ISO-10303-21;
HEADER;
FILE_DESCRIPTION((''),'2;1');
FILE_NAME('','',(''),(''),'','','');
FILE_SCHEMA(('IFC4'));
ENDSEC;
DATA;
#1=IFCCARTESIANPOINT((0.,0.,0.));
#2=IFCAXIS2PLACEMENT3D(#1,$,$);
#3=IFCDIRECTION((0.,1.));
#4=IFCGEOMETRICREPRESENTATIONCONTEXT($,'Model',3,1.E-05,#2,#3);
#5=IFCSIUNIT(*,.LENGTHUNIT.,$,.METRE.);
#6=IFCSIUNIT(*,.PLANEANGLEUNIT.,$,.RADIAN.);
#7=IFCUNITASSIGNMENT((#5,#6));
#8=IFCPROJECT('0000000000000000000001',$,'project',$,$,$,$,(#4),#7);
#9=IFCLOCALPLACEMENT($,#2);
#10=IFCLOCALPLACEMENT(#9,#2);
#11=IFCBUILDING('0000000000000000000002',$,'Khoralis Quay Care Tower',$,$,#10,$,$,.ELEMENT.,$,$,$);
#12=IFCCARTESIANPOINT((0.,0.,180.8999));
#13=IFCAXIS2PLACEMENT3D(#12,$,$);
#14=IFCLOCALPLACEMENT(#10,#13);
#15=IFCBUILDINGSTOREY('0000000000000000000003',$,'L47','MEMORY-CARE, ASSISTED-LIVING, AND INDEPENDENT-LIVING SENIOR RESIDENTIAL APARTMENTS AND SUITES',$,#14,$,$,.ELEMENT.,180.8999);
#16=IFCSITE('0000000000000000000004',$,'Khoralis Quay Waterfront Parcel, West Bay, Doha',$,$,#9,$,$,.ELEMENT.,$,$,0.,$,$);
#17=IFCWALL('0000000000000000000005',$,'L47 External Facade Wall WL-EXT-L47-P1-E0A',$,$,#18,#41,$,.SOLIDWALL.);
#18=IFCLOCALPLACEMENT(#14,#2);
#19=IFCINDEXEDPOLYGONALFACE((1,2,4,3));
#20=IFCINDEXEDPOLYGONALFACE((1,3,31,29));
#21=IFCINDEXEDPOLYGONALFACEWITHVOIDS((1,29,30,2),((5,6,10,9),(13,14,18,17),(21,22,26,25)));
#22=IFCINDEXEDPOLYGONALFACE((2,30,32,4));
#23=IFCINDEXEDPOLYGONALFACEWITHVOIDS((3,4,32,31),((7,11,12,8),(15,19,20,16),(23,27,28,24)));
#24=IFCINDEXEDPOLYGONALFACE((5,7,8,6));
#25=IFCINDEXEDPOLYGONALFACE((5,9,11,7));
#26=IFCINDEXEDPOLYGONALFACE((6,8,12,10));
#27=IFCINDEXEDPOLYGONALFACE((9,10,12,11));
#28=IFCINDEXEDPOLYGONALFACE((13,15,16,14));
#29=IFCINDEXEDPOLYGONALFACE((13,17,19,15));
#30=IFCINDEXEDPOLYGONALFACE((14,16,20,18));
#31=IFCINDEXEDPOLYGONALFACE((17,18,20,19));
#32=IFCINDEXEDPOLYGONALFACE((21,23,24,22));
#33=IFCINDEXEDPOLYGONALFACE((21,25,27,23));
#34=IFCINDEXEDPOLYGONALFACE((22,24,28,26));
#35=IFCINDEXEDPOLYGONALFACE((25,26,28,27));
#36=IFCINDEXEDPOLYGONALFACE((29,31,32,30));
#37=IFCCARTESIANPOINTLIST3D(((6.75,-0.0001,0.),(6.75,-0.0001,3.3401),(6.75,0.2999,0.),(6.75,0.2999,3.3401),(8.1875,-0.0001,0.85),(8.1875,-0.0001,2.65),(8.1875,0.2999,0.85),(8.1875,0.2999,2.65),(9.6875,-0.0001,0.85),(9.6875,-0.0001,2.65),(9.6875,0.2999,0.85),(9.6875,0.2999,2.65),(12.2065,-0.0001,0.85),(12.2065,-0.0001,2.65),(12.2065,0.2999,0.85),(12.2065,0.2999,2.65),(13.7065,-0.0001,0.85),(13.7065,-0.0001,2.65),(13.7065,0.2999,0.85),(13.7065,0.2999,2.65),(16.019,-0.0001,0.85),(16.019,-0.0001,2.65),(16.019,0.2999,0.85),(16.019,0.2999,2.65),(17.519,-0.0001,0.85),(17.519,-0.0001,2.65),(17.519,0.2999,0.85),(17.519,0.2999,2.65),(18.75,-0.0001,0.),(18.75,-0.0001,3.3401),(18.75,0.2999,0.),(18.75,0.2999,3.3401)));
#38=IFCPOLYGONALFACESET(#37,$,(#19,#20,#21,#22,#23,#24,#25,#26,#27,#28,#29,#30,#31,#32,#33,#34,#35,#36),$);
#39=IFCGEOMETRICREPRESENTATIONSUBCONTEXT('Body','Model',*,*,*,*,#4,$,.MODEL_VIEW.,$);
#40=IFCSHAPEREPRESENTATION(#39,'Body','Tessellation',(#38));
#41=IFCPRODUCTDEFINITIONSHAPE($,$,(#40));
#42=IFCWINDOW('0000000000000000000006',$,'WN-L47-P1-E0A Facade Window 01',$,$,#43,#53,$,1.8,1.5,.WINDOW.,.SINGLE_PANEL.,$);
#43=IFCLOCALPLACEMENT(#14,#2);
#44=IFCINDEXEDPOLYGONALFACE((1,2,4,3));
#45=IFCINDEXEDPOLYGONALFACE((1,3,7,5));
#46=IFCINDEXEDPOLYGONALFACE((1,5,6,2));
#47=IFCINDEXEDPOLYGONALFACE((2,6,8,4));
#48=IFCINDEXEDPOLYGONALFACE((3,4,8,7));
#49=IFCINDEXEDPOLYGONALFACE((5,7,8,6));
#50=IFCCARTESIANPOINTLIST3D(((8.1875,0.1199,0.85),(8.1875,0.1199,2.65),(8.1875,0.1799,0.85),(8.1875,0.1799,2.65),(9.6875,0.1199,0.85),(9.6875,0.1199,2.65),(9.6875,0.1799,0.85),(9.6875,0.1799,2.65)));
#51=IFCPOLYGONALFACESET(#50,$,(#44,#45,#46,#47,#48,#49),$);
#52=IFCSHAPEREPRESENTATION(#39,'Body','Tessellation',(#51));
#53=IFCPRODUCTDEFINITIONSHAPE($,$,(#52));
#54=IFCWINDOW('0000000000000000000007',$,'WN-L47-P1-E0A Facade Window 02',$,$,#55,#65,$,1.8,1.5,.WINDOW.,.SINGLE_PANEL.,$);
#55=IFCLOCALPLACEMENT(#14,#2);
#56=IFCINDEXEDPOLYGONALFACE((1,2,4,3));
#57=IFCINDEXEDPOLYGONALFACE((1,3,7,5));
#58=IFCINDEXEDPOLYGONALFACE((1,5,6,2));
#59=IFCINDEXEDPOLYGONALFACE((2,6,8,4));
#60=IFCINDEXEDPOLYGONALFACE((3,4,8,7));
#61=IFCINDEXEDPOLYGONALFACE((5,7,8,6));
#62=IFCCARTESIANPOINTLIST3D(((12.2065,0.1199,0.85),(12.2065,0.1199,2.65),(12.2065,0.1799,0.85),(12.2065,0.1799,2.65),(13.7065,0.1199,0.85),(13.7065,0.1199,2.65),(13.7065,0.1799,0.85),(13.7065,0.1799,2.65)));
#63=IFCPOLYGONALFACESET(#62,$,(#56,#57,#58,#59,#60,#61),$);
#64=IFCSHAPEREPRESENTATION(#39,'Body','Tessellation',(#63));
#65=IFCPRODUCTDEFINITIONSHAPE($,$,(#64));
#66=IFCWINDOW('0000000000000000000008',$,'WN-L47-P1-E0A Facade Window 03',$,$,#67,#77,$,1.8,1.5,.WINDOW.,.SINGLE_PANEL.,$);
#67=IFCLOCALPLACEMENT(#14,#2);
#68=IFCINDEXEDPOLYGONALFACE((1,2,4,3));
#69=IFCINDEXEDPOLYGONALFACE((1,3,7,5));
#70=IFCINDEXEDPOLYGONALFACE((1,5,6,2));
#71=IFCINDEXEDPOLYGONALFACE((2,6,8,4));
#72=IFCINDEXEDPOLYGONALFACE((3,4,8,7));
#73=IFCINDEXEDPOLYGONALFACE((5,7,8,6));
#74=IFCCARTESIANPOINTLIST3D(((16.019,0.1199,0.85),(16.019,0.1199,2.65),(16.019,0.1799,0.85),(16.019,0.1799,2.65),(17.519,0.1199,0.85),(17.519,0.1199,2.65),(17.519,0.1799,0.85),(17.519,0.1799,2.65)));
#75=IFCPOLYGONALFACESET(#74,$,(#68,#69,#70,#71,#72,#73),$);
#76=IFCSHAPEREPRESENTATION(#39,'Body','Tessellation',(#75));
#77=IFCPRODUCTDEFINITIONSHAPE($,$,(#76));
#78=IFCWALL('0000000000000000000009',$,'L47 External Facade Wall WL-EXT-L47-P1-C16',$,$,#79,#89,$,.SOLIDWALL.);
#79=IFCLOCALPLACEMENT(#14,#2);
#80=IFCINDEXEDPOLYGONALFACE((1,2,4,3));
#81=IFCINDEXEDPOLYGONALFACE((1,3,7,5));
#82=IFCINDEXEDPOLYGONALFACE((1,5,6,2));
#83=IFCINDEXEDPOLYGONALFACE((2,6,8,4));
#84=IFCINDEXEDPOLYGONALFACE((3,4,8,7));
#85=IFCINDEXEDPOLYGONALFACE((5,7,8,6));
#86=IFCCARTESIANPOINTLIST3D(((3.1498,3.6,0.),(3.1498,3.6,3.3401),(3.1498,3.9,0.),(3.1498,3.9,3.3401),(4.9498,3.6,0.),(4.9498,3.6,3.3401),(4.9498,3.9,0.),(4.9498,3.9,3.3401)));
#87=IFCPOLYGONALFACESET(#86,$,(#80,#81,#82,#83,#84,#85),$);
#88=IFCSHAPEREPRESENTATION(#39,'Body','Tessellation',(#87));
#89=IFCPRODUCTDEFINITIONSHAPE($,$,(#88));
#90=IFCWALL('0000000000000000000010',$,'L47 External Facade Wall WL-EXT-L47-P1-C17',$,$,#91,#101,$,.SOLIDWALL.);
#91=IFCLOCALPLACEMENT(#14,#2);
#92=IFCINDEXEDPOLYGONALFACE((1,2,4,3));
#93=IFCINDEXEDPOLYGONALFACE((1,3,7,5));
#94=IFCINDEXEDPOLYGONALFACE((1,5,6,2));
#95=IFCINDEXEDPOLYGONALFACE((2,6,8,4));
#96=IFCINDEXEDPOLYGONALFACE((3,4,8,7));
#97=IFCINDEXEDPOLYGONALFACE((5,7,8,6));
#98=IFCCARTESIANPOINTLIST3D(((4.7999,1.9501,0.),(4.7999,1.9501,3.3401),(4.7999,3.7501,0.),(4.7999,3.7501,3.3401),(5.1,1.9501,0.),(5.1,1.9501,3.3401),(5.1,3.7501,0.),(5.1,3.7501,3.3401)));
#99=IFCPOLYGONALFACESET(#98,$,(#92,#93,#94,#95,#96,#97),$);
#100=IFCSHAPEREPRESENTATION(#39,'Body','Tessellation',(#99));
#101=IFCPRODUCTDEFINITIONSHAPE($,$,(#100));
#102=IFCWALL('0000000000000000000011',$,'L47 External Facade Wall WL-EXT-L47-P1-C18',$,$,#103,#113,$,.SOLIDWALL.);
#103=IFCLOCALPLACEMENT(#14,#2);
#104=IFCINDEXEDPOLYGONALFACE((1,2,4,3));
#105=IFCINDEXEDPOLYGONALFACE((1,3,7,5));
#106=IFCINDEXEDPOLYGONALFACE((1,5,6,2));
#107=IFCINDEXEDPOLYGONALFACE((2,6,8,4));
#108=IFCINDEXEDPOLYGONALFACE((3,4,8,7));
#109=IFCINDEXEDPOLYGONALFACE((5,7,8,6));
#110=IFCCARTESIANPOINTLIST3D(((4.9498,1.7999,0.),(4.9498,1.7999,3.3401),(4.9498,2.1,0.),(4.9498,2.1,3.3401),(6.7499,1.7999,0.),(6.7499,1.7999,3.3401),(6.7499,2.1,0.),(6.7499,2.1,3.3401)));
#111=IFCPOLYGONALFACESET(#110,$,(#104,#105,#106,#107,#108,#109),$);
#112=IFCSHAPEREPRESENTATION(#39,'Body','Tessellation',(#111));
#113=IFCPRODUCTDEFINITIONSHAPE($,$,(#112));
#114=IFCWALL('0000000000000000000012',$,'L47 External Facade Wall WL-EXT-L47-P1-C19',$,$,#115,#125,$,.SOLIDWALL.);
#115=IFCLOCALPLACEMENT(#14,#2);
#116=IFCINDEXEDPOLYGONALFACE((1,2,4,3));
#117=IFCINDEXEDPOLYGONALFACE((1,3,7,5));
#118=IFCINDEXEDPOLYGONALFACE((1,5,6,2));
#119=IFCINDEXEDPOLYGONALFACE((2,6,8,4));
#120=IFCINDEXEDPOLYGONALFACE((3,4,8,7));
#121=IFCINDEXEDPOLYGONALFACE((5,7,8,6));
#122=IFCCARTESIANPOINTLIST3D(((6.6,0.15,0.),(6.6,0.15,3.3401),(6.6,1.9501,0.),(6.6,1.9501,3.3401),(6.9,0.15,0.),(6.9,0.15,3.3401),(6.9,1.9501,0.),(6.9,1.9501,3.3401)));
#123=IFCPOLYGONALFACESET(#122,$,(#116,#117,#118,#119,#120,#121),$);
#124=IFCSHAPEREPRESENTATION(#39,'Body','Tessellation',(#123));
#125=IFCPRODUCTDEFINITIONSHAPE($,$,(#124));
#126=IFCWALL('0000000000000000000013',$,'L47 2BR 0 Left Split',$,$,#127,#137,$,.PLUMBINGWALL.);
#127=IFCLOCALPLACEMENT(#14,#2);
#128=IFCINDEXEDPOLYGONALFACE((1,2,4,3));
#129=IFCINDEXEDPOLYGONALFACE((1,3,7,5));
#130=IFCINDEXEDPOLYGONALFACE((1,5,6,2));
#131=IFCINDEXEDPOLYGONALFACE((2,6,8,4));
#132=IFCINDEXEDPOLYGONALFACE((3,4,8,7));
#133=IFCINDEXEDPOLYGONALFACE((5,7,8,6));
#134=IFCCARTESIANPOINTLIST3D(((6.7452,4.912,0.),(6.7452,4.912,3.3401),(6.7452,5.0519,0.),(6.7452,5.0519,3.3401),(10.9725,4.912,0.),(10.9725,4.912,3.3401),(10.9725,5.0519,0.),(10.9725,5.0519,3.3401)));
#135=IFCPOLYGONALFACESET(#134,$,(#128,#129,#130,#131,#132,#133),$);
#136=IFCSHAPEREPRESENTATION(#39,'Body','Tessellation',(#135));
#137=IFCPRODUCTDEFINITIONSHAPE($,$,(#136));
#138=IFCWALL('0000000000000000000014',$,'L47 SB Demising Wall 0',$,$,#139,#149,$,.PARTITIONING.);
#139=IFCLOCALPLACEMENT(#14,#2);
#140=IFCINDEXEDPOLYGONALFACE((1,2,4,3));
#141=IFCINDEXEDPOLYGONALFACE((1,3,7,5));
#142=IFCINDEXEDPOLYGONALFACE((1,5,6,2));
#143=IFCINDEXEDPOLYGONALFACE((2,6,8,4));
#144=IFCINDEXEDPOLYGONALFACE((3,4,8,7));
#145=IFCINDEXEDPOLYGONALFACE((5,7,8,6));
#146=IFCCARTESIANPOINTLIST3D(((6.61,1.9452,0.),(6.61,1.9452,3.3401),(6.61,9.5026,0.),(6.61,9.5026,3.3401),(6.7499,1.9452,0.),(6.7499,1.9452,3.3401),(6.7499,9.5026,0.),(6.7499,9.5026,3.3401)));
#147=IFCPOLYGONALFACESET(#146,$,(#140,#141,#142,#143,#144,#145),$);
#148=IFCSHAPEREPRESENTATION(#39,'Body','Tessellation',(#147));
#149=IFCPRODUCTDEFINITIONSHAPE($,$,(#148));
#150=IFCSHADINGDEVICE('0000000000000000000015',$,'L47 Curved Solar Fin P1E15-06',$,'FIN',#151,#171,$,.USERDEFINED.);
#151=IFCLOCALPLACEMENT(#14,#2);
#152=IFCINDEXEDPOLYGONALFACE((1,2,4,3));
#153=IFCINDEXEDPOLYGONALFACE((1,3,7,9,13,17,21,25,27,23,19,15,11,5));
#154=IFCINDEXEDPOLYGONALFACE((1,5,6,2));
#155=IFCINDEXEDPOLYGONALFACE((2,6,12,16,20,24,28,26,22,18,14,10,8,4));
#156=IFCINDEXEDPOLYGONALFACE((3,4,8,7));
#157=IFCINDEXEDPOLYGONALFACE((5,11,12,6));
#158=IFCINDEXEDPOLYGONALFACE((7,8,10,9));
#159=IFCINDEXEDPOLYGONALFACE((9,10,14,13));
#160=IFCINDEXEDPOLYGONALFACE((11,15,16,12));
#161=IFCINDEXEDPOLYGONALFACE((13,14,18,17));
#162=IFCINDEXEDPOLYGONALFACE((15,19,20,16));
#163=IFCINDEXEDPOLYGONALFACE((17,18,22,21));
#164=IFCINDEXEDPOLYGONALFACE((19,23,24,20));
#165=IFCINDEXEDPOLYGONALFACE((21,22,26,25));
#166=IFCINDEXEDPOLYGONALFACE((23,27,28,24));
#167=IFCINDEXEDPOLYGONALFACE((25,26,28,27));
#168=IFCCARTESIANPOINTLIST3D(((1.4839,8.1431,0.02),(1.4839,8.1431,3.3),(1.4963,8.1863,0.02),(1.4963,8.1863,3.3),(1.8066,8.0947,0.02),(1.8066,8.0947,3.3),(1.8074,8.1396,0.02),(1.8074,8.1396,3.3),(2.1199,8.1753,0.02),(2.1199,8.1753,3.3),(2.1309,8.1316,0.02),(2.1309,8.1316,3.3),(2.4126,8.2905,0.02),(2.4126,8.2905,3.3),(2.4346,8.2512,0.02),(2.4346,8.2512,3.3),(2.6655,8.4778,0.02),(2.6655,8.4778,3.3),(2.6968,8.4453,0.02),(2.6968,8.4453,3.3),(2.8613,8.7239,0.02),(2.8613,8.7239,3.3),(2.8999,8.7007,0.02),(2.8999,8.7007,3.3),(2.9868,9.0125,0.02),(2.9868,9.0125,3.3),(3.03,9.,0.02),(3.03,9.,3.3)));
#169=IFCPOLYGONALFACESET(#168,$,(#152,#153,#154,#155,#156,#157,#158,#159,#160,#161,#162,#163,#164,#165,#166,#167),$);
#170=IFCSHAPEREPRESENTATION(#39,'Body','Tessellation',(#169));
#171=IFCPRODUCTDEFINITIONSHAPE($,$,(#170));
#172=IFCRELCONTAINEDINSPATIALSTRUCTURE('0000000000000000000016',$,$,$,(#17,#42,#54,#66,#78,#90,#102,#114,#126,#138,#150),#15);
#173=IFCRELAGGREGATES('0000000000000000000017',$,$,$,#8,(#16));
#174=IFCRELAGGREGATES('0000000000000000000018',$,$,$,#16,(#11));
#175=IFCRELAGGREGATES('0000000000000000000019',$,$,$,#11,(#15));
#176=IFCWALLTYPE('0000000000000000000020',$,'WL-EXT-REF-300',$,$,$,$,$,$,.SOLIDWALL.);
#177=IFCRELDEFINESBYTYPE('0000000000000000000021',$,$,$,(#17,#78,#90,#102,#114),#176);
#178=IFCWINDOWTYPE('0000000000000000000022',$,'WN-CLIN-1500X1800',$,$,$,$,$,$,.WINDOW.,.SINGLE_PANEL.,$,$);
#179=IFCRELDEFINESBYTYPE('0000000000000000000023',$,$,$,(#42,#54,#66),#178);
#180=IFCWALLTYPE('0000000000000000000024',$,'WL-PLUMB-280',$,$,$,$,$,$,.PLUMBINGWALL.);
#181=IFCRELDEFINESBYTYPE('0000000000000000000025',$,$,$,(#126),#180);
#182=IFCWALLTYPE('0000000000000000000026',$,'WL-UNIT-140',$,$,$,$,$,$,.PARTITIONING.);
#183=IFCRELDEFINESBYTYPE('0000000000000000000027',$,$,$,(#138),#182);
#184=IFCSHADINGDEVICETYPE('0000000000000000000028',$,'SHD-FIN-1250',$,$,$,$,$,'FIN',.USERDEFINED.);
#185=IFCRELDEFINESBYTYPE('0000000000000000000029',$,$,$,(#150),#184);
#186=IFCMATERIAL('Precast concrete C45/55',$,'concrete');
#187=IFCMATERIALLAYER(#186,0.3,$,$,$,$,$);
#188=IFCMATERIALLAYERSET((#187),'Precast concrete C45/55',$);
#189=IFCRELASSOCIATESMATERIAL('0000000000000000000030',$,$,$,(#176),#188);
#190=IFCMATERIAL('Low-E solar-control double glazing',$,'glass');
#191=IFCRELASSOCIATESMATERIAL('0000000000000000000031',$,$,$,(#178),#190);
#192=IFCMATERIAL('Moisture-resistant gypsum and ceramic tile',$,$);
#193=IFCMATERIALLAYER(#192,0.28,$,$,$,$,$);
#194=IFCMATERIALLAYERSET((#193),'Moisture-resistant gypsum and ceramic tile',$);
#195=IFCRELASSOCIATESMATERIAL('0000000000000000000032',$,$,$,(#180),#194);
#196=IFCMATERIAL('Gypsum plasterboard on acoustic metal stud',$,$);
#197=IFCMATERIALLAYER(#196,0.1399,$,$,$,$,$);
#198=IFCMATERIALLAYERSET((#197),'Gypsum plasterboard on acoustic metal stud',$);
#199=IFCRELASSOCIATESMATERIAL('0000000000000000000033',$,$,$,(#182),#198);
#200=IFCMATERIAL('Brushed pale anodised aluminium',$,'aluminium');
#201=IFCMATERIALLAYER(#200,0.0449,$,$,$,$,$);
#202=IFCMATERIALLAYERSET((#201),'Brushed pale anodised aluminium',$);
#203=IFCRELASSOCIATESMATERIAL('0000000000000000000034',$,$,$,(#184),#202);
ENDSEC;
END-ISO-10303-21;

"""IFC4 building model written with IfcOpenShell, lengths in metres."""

from ifc_helpers import new_model, si_unit, direction, frame, frame_2d, origin, place, context, subcontext, project, spatial, polyline, rectangle, outline, extrude, source, transform, mapped, material, layer, layer_set, type_object, element, fill, save


model = new_model("IFC4")

# Units and contexts
model_context = context("Model", 3, precision=1e-05, world=origin(), true_north=direction((0.0, 1.0)))
body_context = subcontext(model_context, "Body", "Model", "MODEL_VIEW")
ifc_project = project(units=[si_unit("LENGTHUNIT", "METRE"), si_unit("PLANEANGLEUNIT", "RADIAN")], contexts=[model_context])

# Site, building, storey
site_placement = place(None, origin())
site = spatial("IfcSite", under=ifc_project, at=site_placement, Name="Khoralis Quay Waterfront Parcel, West Bay, Doha", CompositionType="ELEMENT", RefElevation=0.0)
building_placement = place(site_placement, origin())
building = spatial("IfcBuilding", under=site, at=building_placement, Name="Khoralis Quay Care Tower", CompositionType="ELEMENT")
storey_placement = place(building_placement, frame((0.0, 0.0, 180.8999)))
storey = spatial("IfcBuildingStorey", under=building, at=storey_placement, Name="L47", Description="MEMORY-CARE, ASSISTED-LIVING, AND INDEPENDENT-LIVING SENIOR RESIDENTIAL APARTMENTS AND SUITES", CompositionType="ELEMENT", Elevation=180.8999)

# Shared definitions
ifc_material_1 = material(Name="Precast concrete C45/55", Category="concrete")

# Shared definitions
ifc_material_2 = material(Name="Gypsum plasterboard on acoustic metal stud")

# Wall, openings, windows
ifc_layer_1 = layer(ifc_material_1, 0.3)
ifc_layer_set_1 = layer_set([ifc_layer_1], Name="Precast concrete C45/55")
wall_type_1 = type_object("IfcWallType", Name="WL-EXT-REF-300", PredefinedType="SOLIDWALL", material=ifc_layer_set_1)
wall_1_placement = place(storey_placement, frame((6.75, 0.1499, 0.0), z_axis=(0.0, 0.0, 1.0), x_axis=(1.0, 0.0, 0.0)))
wall_1 = element("IfcWall", 1, at=wall_1_placement, inside=storey, type_object=wall_type_1, Name="L47 External Facade Wall WL-EXT-L47-P1-E0A", PredefinedType="SOLIDWALL", context=body_context, shape_type="SweptSolid", body=[
    extrude(rectangle(XDim=12.0, YDim=0.3, at=frame_2d((6.0, 0.0))), origin(), (0.0, 0.0, 1.0), 3.3401),
])
opening_1_placement = place(wall_1_placement, frame((1.4375, 0.0, 0.8501)))
opening_1 = element("IfcOpeningElement", 2, at=opening_1_placement, cuts=wall_1, PredefinedType="OPENING", context=body_context, shape_type="SweptSolid", body=[
    extrude(rectangle(XDim=1.5, YDim=1.8, at=frame_2d((0.75, 0.8999))), frame((0.0, 0.1602, 0.0), z_axis=(0.0, -1.0, 0.0), x_axis=(1.0, 0.0, 0.0)), (0.0, 0.0, 1.0), 0.3201),
])
opening_2_placement = place(wall_1_placement, frame((5.4565, 0.0, 0.8501)))
opening_2 = element("IfcOpeningElement", 3, at=opening_2_placement, cuts=wall_1, PredefinedType="OPENING", context=body_context, shape_type="SweptSolid", body=[
    extrude(rectangle(XDim=1.5, YDim=1.8, at=frame_2d((0.75, 0.8999))), frame((0.0, 0.1602, 0.0), z_axis=(0.0, -1.0, 0.0), x_axis=(1.0, 0.0, 0.0)), (0.0, 0.0, 1.0), 0.3201),
])
opening_3_placement = place(wall_1_placement, frame((9.269, 0.0, 0.8501)))
opening_3 = element("IfcOpeningElement", 4, at=opening_3_placement, cuts=wall_1, PredefinedType="OPENING", context=body_context, shape_type="SweptSolid", body=[
    extrude(rectangle(XDim=1.5, YDim=1.8, at=frame_2d((0.75, 0.8999))), frame((0.0, 0.1602, 0.0), z_axis=(0.0, -1.0, 0.0), x_axis=(1.0, 0.0, 0.0)), (0.0, 0.0, 1.0), 0.3201),
])
ifc_material_3 = material(Name="Low-E solar-control double glazing", Category="glass")
window_type = type_object("IfcWindowType", Name="WN-CLIN-1500X1800", PartitioningType="SINGLE_PANEL", PredefinedType="WINDOW", material=ifc_material_3)
shared_shape_1 = source(origin(), body_context, "Body", "SweptSolid", [
    extrude(rectangle(XDim=1.5, YDim=1.8, at=frame_2d((0.75, 0.8999))), frame((0.0, 0.03, 0.0), z_axis=(0.0, -1.0, 0.0), x_axis=(1.0, 0.0, 0.0)), (0.0, 0.0, 1.0), 0.0601),
])
window_1_placement = place(opening_1_placement, origin())
window_1 = element("IfcWindow", 5, at=window_1_placement, inside=storey, type_object=window_type, Name="WN-L47-P1-E0A Facade Window 01", OverallHeight=1.8, OverallWidth=1.5, PartitioningType="SINGLE_PANEL", PredefinedType="WINDOW", context=body_context, shape_type="MappedRepresentation", body=[
    mapped(shared_shape_1, transform((0.0, 0.0, 0.0), scale=1.0)),
])
fill(opening_1, window_1)
window_2_placement = place(opening_2_placement, origin())
window_2 = element("IfcWindow", 6, at=window_2_placement, inside=storey, type_object=window_type, Name="WN-L47-P1-E0A Facade Window 02", OverallHeight=1.8, OverallWidth=1.5, PartitioningType="SINGLE_PANEL", PredefinedType="WINDOW", context=body_context, shape_type="MappedRepresentation", body=[
    mapped(shared_shape_1, transform((0.0, 0.0, 0.0), scale=1.0)),
])
fill(opening_2, window_2)
window_3_placement = place(opening_3_placement, origin())
window_3 = element("IfcWindow", 7, at=window_3_placement, inside=storey, type_object=window_type, Name="WN-L47-P1-E0A Facade Window 03", OverallHeight=1.8, OverallWidth=1.5, PartitioningType="SINGLE_PANEL", PredefinedType="WINDOW", context=body_context, shape_type="MappedRepresentation", body=[
    mapped(shared_shape_1, transform((0.0, 0.0, 0.0), scale=1.0)),
])
fill(opening_3, window_3)

# Walls
for number, where, z_axis, x_axis, name in (
    (8, (3.1499, 3.75, 0.0), (0.0, 0.0, 1.0), (1.0, 0.0, 0.0), "L47 External Facade Wall WL-EXT-L47-P1-C16"),
    (9, (4.95, 3.75, 0.0), (0.0, 0.0, 1.0), (0.0, -1.0, 0.0), "L47 External Facade Wall WL-EXT-L47-P1-C17"),
    (10, (4.95, 1.95, 0.0), (0.0, 0.0, 1.0), (1.0, 0.0, 0.0), "L47 External Facade Wall WL-EXT-L47-P1-C18"),
    (11, (6.75, 1.95, 0.0), (0.0, 0.0, 1.0), (0.0, -1.0, 0.0), "L47 External Facade Wall WL-EXT-L47-P1-C19"),
):
    element("IfcWall", number, at=place(storey_placement, frame(where, z_axis=z_axis, x_axis=x_axis)), inside=storey, type_object=wall_type_1, Name=name, PredefinedType="SOLIDWALL", context=body_context, shape_type="SweptSolid", body=[
        extrude(rectangle(XDim=1.8, YDim=0.3, at=frame_2d((0.8999, 0.0))), origin(), (0.0, 0.0, 1.0), 3.3401),
    ])
ifc_material_4 = material(Name="Moisture-resistant gypsum and ceramic tile")
ifc_layer_2 = layer(ifc_material_4, 0.28)
ifc_layer_set_2 = layer_set([ifc_layer_2], Name="Moisture-resistant gypsum and ceramic tile")
wall_type_2 = type_object("IfcWallType", Name="WL-PLUMB-280", PredefinedType="PLUMBINGWALL", material=ifc_layer_set_2)
wall_2_placement = place(storey_placement, frame((6.7451, 4.9819, 0.0), z_axis=(0.0, 0.0, 1.0), x_axis=(1.0, 0.0, 0.0)))
element("IfcWall", 12, at=wall_2_placement, inside=storey, type_object=wall_type_2, Name="L47 2BR 0 Left Split", PredefinedType="PLUMBINGWALL", context=body_context, shape_type="SweptSolid", body=[
    extrude(rectangle(XDim=4.2273, YDim=0.1399, at=frame_2d((2.1138, 0.0))), origin(), (0.0, 0.0, 1.0), 3.3401),
])
ifc_layer_3 = layer(ifc_material_2, 0.1399)
ifc_layer_set_3 = layer_set([ifc_layer_3], Name="Gypsum plasterboard on acoustic metal stud")
wall_type_3 = type_object("IfcWallType", Name="WL-UNIT-140", PredefinedType="PARTITIONING", material=ifc_layer_set_3)
wall_3_placement = place(storey_placement, frame((6.6799, 1.9451, 0.0), z_axis=(0.0, 0.0, 1.0), x_axis=(0.0, 1.0, 0.0)))
element("IfcWall", 13, at=wall_3_placement, inside=storey, type_object=wall_type_3, Name="L47 SB Demising Wall 0", PredefinedType="PARTITIONING", context=body_context, shape_type="SweptSolid", body=[
    extrude(rectangle(XDim=7.5574, YDim=0.1399, at=frame_2d((3.7788, 0.0))), origin(), (0.0, 0.0, 1.0), 3.3401),
])

# Shading device
ifc_material_5 = material(Name="Brushed pale anodised aluminium", Category="aluminium")
ifc_layer_4 = layer(ifc_material_5, 0.0449)
ifc_layer_set_4 = layer_set([ifc_layer_4], Name="Brushed pale anodised aluminium")
shading_device_type = type_object("IfcShadingDeviceType", Name="SHD-FIN-1250", ElementType="FIN", PredefinedType="USERDEFINED", material=ifc_layer_set_4)
shared_shape_2 = source(origin(), body_context, "Body", "SweptSolid", [
    extrude(outline(polyline([(0.0, 0.0), (0.1301, 0.2993), (0.3333, 0.5547), (0.5955, 0.7488), (0.8992, 0.8684), (1.2234, 0.9053), (1.5461, 0.8569), (1.5337, 0.8137), (1.2227, 0.8604), (0.9102, 0.8247), (0.6174, 0.7095), (0.3645, 0.5222), (0.1687, 0.2761), (0.0432, -0.0125), (0.0, 0.0)])), origin(), (0.0, 0.0, 1.0), 3.28),
])
shading_device_placement = place(storey_placement, frame((3.03, 9.0, 0.02), z_axis=(0.0, 0.0, 1.0), x_axis=(-1.0, 0.0, 0.0)))
element("IfcShadingDevice", 14, at=shading_device_placement, inside=storey, type_object=shading_device_type, Name="L47 Curved Solar Fin P1E15-06", ObjectType="FIN", PredefinedType="USERDEFINED", context=body_context, shape_type="MappedRepresentation", body=[
    mapped(shared_shape_2, transform((0.0, 0.0, 0.0), scale=1.0)),
])

save(model, "model.ifc")
